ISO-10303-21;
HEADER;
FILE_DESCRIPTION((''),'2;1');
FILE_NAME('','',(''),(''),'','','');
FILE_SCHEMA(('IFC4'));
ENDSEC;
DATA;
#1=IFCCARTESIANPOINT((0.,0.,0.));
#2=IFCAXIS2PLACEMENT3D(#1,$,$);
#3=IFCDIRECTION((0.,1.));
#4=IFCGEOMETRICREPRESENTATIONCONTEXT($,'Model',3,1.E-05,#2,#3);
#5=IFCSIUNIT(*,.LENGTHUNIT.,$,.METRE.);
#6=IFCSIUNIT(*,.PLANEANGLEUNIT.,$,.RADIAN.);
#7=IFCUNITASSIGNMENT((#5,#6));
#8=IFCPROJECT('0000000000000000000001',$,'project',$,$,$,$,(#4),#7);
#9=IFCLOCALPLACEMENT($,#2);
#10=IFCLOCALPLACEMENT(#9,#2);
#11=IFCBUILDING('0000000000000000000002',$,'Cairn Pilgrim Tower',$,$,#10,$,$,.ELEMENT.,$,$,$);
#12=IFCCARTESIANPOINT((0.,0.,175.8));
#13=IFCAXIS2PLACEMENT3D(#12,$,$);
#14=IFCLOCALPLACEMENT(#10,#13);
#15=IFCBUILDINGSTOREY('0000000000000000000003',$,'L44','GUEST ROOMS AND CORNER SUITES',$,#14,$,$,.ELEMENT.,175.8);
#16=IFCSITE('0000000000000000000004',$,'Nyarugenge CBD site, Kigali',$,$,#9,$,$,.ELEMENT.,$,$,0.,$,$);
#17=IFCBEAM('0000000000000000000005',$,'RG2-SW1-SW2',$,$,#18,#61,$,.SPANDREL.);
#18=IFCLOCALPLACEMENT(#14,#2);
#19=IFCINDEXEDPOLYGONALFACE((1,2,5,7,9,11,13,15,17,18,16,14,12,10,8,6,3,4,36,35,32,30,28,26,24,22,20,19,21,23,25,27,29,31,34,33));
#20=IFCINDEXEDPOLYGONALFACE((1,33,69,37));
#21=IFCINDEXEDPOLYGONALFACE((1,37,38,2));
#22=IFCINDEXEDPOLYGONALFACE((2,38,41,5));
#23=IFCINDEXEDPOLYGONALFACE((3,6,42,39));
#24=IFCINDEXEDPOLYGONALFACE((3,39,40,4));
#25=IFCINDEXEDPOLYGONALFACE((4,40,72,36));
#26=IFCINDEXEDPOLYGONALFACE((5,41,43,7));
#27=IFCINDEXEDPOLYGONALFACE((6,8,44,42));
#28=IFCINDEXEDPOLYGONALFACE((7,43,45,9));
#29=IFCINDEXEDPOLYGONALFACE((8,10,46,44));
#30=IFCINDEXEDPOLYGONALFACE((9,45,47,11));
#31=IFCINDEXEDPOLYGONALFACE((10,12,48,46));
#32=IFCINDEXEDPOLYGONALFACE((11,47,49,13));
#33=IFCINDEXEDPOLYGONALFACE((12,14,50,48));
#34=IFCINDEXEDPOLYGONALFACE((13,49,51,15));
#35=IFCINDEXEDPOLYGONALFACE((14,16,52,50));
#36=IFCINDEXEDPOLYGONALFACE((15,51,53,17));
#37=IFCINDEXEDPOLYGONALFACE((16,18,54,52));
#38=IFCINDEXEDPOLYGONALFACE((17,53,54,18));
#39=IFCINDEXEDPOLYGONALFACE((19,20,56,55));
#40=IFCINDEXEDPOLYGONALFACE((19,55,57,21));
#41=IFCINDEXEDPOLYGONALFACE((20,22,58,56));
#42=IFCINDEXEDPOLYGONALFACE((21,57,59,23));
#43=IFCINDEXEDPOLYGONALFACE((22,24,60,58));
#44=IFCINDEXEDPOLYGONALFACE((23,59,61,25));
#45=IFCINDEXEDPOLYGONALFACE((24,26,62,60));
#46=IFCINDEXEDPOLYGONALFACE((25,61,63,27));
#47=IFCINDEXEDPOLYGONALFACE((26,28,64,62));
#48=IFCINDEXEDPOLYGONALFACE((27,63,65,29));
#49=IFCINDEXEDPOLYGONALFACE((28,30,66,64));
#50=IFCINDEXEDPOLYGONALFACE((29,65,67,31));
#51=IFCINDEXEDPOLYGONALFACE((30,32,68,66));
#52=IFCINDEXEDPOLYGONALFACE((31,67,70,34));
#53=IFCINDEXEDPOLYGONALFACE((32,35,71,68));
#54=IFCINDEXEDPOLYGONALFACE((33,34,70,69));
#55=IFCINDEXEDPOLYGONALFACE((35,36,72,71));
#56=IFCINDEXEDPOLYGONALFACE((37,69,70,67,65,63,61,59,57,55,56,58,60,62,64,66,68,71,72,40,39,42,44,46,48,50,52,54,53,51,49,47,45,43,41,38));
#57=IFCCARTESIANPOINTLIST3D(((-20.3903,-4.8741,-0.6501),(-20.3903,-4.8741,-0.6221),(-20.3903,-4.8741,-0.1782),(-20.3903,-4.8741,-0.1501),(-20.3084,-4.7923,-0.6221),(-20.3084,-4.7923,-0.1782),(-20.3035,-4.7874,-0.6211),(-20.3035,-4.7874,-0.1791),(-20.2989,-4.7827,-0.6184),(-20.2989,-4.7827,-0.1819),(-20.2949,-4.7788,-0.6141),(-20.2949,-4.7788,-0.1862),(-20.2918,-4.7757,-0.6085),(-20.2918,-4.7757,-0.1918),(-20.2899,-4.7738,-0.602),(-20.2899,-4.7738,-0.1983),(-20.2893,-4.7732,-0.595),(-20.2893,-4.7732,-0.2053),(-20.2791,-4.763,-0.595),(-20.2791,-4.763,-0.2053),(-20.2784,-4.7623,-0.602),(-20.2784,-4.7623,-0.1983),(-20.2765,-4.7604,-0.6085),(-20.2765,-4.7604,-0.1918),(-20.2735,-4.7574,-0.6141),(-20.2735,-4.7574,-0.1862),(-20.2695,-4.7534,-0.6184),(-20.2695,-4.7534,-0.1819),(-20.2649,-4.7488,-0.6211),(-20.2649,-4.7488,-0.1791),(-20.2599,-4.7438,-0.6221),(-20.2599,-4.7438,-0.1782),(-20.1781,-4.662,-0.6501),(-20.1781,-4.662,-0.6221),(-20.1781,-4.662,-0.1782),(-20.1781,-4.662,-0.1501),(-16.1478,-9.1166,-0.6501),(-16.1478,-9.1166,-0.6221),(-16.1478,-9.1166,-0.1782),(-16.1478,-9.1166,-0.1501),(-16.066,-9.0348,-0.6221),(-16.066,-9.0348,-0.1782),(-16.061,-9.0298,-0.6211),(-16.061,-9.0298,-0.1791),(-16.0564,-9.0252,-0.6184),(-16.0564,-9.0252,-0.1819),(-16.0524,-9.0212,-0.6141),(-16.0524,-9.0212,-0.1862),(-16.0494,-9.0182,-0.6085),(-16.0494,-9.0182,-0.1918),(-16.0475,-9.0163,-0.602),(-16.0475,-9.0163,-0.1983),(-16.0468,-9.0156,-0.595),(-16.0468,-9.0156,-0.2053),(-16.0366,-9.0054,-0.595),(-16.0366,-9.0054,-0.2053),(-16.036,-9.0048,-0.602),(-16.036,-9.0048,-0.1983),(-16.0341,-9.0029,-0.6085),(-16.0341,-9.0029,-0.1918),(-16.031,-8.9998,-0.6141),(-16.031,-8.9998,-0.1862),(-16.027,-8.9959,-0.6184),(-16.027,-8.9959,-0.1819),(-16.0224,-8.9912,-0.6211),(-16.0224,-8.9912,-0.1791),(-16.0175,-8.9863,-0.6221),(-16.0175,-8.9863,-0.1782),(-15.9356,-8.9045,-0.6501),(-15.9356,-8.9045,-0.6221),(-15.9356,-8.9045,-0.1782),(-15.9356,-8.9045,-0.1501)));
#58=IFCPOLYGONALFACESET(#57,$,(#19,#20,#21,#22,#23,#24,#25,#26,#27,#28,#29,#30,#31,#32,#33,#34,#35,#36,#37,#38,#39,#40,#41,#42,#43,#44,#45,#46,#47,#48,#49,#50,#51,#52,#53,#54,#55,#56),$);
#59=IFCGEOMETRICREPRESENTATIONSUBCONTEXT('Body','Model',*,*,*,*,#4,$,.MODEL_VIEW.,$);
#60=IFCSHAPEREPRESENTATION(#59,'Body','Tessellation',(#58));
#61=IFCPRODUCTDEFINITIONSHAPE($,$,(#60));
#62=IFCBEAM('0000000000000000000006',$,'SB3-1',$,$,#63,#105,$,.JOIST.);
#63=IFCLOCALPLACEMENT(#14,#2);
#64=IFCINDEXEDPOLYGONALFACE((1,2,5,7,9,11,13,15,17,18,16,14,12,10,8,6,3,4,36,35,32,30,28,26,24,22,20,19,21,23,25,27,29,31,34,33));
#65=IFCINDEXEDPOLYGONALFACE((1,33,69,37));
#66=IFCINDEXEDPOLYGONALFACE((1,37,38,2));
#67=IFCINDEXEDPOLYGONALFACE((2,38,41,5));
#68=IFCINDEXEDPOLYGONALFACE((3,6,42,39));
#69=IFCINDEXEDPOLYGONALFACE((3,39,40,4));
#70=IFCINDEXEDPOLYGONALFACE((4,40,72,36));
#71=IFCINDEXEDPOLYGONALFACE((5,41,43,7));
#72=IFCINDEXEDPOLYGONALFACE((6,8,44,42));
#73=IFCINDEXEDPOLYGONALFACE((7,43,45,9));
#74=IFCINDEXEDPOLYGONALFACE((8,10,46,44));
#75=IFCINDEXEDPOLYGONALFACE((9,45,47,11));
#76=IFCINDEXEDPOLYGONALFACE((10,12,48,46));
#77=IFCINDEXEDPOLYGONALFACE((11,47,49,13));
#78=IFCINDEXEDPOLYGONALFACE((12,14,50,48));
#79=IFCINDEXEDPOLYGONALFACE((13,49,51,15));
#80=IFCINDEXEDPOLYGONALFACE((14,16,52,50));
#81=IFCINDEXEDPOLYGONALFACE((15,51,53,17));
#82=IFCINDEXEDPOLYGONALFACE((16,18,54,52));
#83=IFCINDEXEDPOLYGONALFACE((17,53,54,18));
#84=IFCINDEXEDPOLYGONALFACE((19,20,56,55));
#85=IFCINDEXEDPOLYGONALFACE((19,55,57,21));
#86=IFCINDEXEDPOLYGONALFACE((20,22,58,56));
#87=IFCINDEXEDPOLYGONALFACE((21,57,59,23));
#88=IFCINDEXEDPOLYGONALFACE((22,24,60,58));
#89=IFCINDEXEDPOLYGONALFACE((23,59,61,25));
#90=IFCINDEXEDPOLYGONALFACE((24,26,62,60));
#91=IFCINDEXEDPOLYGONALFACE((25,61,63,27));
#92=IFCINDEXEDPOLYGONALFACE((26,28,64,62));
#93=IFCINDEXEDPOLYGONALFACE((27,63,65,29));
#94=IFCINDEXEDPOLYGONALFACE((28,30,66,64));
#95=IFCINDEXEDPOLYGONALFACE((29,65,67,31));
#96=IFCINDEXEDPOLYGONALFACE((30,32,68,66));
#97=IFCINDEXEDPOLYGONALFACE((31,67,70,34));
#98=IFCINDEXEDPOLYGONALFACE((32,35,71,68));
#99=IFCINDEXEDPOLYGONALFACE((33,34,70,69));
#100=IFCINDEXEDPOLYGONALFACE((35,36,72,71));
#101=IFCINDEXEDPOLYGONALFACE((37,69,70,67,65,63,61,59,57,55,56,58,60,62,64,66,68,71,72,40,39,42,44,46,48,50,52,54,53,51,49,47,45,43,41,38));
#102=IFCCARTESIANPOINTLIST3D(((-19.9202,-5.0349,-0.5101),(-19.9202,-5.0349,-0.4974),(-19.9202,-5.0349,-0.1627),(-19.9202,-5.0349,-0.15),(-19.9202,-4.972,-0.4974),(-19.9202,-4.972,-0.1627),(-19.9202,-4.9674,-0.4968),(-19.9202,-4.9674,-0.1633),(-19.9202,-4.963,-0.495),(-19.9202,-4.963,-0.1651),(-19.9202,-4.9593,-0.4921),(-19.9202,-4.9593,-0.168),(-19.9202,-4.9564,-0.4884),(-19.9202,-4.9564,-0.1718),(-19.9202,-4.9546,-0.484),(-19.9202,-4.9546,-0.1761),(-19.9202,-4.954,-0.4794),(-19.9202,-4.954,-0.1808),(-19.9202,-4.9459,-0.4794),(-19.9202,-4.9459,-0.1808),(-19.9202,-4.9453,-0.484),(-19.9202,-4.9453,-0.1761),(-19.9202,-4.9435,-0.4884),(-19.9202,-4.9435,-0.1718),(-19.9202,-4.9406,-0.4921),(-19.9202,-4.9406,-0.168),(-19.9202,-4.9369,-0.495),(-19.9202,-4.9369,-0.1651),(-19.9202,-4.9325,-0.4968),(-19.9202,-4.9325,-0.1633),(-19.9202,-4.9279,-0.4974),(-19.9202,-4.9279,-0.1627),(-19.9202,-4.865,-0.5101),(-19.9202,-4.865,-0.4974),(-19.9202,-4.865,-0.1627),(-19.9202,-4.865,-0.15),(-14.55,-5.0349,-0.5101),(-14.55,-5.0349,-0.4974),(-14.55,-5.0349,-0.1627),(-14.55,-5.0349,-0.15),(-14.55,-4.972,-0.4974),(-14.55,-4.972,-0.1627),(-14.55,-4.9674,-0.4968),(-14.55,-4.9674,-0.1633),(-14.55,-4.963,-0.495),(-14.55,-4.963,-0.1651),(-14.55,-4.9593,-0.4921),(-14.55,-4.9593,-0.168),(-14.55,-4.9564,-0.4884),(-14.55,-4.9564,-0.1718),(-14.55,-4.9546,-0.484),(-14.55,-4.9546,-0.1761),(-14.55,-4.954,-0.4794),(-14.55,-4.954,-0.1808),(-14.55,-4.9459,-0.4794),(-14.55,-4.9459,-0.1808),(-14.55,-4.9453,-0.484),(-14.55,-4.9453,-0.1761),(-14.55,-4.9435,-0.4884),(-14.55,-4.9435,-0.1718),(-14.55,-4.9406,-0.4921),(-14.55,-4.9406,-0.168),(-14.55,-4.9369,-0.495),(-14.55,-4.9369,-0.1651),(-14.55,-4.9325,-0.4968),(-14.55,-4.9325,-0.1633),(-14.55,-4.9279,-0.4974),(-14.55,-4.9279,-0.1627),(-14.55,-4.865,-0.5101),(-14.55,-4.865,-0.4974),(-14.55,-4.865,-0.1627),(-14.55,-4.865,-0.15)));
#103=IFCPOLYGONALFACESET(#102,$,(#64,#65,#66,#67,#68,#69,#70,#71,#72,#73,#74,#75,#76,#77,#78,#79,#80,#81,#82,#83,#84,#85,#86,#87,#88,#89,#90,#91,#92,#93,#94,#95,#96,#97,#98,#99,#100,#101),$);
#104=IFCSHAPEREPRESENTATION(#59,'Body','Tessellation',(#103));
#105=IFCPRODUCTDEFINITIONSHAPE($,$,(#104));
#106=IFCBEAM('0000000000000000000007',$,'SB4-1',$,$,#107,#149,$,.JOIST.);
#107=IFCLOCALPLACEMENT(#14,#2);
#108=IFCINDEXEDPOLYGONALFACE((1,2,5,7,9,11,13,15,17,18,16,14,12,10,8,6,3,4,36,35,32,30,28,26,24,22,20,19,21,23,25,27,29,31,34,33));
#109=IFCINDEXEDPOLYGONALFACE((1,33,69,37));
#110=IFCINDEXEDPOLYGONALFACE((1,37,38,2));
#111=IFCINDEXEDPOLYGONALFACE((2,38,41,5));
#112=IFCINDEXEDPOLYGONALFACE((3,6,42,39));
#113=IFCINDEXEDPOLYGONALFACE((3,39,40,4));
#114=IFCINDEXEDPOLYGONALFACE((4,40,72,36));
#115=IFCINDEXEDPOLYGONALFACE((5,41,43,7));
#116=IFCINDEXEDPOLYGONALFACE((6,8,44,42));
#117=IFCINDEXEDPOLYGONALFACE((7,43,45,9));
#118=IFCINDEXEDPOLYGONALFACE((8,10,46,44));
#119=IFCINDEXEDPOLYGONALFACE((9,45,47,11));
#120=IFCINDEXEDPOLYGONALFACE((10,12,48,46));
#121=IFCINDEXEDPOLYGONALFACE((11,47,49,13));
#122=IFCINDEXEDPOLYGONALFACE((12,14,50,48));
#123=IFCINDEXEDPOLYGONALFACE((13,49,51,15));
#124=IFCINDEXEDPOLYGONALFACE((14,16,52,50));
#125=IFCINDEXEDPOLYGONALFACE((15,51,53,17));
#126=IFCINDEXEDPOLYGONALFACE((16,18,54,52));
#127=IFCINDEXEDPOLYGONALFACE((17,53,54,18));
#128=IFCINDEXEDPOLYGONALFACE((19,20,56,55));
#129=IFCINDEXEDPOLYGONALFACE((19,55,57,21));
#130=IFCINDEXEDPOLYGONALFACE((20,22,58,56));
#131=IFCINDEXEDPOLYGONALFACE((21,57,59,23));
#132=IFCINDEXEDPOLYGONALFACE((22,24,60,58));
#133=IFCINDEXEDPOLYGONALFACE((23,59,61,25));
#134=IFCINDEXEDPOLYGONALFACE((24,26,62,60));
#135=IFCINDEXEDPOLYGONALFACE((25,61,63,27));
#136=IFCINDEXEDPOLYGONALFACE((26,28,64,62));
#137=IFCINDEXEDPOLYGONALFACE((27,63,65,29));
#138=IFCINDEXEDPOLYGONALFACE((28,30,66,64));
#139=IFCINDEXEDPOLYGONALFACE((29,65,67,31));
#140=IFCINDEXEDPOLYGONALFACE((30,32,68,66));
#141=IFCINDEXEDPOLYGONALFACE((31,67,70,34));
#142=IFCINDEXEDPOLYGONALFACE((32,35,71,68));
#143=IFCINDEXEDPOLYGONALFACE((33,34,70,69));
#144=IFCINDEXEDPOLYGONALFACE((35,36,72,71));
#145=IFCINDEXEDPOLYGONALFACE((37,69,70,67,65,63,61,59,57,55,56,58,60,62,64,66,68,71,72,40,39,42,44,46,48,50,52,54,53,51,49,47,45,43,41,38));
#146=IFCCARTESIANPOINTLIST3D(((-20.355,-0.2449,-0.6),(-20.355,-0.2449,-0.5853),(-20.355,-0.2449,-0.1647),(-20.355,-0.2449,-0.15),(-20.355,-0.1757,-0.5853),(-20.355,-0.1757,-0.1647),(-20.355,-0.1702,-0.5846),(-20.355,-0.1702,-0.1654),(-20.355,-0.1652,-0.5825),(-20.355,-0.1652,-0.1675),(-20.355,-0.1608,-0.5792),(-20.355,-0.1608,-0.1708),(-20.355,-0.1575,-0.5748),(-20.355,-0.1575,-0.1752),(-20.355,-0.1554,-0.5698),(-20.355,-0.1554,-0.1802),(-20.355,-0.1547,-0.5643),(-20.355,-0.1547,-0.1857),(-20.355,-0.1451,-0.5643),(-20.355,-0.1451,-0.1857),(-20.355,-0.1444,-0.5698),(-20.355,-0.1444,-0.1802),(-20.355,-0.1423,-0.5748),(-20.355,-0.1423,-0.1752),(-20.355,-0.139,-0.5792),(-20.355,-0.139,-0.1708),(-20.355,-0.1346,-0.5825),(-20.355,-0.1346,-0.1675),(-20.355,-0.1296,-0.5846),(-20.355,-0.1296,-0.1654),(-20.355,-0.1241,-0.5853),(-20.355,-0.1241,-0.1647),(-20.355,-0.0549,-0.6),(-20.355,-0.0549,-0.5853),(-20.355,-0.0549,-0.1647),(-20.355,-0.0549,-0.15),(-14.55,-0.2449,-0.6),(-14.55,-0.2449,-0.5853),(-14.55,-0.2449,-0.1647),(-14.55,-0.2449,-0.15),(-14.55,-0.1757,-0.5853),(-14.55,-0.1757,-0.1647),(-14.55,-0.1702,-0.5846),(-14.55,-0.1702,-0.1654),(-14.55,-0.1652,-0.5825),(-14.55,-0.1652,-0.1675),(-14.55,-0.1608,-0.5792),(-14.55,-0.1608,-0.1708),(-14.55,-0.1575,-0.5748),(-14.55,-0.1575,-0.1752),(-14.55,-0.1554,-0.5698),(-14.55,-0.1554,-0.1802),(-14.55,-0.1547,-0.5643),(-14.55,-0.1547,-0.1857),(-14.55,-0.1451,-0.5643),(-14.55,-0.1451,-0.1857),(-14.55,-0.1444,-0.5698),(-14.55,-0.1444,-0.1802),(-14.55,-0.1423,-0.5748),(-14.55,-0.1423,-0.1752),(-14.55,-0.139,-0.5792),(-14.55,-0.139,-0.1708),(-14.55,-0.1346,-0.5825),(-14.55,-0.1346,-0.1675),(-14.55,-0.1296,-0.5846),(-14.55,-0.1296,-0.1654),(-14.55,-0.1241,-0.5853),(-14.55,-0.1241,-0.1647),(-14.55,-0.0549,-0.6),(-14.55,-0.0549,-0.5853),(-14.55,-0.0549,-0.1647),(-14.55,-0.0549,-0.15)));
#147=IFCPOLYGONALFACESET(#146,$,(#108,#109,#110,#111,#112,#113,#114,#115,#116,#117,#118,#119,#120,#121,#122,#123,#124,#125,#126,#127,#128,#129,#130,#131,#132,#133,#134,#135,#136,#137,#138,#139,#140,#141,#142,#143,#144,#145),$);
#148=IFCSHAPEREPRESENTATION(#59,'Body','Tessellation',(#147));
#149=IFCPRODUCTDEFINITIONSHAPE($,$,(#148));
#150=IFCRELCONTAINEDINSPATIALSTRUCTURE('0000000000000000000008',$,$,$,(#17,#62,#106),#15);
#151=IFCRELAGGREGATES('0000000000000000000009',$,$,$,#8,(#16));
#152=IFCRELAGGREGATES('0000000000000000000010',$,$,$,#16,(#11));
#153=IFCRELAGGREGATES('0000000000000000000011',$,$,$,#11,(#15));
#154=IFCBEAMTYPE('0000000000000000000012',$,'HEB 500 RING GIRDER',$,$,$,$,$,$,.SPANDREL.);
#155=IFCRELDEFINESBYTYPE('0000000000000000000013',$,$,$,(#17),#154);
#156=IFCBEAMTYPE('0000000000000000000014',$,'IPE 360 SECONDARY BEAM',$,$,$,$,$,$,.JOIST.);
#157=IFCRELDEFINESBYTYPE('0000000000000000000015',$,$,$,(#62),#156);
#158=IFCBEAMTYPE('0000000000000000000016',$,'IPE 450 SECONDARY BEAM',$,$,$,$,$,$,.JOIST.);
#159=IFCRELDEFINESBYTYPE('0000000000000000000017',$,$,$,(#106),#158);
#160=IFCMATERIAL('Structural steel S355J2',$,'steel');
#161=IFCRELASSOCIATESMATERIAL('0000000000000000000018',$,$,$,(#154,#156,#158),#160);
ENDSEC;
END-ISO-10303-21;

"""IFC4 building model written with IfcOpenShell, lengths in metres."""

from ifc_helpers import new_model, si_unit, direction, frame, origin, origin_2d, place, context, subcontext, project, spatial, i_section, extrude, material, material_profile, profile_set, type_object, element, save


model = new_model("IFC4")

# Units and contexts
model_context = context("Model", 3, precision=1e-05, world=origin(), true_north=direction((0.0, 1.0)))
body_context = subcontext(model_context, "Body", "Model", "MODEL_VIEW")
ifc_project = project(units=[si_unit("LENGTHUNIT", "METRE"), si_unit("PLANEANGLEUNIT", "RADIAN")], contexts=[model_context])

# Site, building, storey
site_placement = place(None, origin())
site = spatial("IfcSite", under=ifc_project, at=site_placement, Name="Nyarugenge CBD site, Kigali", CompositionType="ELEMENT", RefElevation=0.0)
building_placement = place(site_placement, origin())
building = spatial("IfcBuilding", under=site, at=building_placement, Name="Cairn Pilgrim Tower", CompositionType="ELEMENT")
storey_placement = place(building_placement, frame((0.0, 0.0, 175.8)))
storey = spatial("IfcBuildingStorey", under=building, at=storey_placement, Name="L44", Description="GUEST ROOMS AND CORNER SUITES", CompositionType="ELEMENT", Elevation=175.8)

# Shared definitions
ifc_material_1 = material(Name="Structural steel S355J2", Category="steel")

# Beams
ifc_material_profile_1 = material_profile(ifc_material_1, i_section(OverallWidth=0.3, OverallDepth=0.5, WebThickness=0.0144, FlangeThickness=0.0281, FilletRadius=0.0271, at=origin_2d()), Name="HEB 500")
ifc_profile_set_1 = profile_set([ifc_material_profile_1], Name="Structural steel S355J2")
beam_type_1 = type_object("IfcBeamType", Name="HEB 500 RING GIRDER", PredefinedType="SPANDREL", material=ifc_profile_set_1)
beam_1_placement = place(storey_placement, frame((-20.2842, -4.7681, -0.4001), z_axis=(0.707107, -0.707107, 0.0), x_axis=(0.707107, 0.707107, 0.0)))
element("IfcBeam", 1, at=beam_1_placement, inside=storey, type_object=beam_type_1, Name="RG2-SW1-SW2", PredefinedType="SPANDREL", context=body_context, shape_type="SweptSolid", body=[
    extrude(i_section(OverallWidth=0.3, OverallDepth=0.5, WebThickness=0.0144, FlangeThickness=0.0281, FilletRadius=0.0271, at=origin_2d()), origin(), (0.0, 0.0, 1.0), 5.9998),
])
ifc_material_profile_2 = material_profile(ifc_material_1, i_section(OverallWidth=0.1699, OverallDepth=0.3601, WebThickness=0.0081, FlangeThickness=0.0127, FilletRadius=0.0181, at=origin_2d()), Name="IPE 360")
ifc_profile_set_2 = profile_set([ifc_material_profile_2], Name="Structural steel S355J2")
beam_type_2 = type_object("IfcBeamType", Name="IPE 360 SECONDARY BEAM", PredefinedType="JOIST", material=ifc_profile_set_2)
beam_2_placement = place(storey_placement, frame((-19.9202, -4.95, -0.3301), z_axis=(1.0, 0.0, 0.0), x_axis=(0.0, 1.0, 0.0)))
element("IfcBeam", 2, at=beam_2_placement, inside=storey, type_object=beam_type_2, Name="SB3-1", PredefinedType="JOIST", context=body_context, shape_type="SweptSolid", body=[
    extrude(i_section(OverallWidth=0.1699, OverallDepth=0.3601, WebThickness=0.0081, FlangeThickness=0.0127, FilletRadius=0.0181, at=origin_2d()), origin(), (0.0, 0.0, 1.0), 5.3701),
])
ifc_material_profile_3 = material_profile(ifc_material_1, i_section(OverallWidth=0.1899, OverallDepth=0.45, WebThickness=0.0095, FlangeThickness=0.0146, FilletRadius=0.021, at=origin_2d()), Name="IPE 450")
ifc_profile_set_3 = profile_set([ifc_material_profile_3], Name="Structural steel S355J2")
beam_type_3 = type_object("IfcBeamType", Name="IPE 450 SECONDARY BEAM", PredefinedType="JOIST", material=ifc_profile_set_3)
beam_3_placement = place(storey_placement, frame((-20.355, -0.1499, -0.375), z_axis=(1.0, 0.0, 0.0), x_axis=(0.0, 1.0, 0.0)))
element("IfcBeam", 3, at=beam_3_placement, inside=storey, type_object=beam_type_3, Name="SB4-1", PredefinedType="JOIST", context=body_context, shape_type="SweptSolid", body=[
    extrude(i_section(OverallWidth=0.1899, OverallDepth=0.45, WebThickness=0.0095, FlangeThickness=0.0146, FilletRadius=0.021, at=origin_2d()), origin(), (0.0, 0.0, 1.0), 5.8049),
])

save(model, "model.ifc")
